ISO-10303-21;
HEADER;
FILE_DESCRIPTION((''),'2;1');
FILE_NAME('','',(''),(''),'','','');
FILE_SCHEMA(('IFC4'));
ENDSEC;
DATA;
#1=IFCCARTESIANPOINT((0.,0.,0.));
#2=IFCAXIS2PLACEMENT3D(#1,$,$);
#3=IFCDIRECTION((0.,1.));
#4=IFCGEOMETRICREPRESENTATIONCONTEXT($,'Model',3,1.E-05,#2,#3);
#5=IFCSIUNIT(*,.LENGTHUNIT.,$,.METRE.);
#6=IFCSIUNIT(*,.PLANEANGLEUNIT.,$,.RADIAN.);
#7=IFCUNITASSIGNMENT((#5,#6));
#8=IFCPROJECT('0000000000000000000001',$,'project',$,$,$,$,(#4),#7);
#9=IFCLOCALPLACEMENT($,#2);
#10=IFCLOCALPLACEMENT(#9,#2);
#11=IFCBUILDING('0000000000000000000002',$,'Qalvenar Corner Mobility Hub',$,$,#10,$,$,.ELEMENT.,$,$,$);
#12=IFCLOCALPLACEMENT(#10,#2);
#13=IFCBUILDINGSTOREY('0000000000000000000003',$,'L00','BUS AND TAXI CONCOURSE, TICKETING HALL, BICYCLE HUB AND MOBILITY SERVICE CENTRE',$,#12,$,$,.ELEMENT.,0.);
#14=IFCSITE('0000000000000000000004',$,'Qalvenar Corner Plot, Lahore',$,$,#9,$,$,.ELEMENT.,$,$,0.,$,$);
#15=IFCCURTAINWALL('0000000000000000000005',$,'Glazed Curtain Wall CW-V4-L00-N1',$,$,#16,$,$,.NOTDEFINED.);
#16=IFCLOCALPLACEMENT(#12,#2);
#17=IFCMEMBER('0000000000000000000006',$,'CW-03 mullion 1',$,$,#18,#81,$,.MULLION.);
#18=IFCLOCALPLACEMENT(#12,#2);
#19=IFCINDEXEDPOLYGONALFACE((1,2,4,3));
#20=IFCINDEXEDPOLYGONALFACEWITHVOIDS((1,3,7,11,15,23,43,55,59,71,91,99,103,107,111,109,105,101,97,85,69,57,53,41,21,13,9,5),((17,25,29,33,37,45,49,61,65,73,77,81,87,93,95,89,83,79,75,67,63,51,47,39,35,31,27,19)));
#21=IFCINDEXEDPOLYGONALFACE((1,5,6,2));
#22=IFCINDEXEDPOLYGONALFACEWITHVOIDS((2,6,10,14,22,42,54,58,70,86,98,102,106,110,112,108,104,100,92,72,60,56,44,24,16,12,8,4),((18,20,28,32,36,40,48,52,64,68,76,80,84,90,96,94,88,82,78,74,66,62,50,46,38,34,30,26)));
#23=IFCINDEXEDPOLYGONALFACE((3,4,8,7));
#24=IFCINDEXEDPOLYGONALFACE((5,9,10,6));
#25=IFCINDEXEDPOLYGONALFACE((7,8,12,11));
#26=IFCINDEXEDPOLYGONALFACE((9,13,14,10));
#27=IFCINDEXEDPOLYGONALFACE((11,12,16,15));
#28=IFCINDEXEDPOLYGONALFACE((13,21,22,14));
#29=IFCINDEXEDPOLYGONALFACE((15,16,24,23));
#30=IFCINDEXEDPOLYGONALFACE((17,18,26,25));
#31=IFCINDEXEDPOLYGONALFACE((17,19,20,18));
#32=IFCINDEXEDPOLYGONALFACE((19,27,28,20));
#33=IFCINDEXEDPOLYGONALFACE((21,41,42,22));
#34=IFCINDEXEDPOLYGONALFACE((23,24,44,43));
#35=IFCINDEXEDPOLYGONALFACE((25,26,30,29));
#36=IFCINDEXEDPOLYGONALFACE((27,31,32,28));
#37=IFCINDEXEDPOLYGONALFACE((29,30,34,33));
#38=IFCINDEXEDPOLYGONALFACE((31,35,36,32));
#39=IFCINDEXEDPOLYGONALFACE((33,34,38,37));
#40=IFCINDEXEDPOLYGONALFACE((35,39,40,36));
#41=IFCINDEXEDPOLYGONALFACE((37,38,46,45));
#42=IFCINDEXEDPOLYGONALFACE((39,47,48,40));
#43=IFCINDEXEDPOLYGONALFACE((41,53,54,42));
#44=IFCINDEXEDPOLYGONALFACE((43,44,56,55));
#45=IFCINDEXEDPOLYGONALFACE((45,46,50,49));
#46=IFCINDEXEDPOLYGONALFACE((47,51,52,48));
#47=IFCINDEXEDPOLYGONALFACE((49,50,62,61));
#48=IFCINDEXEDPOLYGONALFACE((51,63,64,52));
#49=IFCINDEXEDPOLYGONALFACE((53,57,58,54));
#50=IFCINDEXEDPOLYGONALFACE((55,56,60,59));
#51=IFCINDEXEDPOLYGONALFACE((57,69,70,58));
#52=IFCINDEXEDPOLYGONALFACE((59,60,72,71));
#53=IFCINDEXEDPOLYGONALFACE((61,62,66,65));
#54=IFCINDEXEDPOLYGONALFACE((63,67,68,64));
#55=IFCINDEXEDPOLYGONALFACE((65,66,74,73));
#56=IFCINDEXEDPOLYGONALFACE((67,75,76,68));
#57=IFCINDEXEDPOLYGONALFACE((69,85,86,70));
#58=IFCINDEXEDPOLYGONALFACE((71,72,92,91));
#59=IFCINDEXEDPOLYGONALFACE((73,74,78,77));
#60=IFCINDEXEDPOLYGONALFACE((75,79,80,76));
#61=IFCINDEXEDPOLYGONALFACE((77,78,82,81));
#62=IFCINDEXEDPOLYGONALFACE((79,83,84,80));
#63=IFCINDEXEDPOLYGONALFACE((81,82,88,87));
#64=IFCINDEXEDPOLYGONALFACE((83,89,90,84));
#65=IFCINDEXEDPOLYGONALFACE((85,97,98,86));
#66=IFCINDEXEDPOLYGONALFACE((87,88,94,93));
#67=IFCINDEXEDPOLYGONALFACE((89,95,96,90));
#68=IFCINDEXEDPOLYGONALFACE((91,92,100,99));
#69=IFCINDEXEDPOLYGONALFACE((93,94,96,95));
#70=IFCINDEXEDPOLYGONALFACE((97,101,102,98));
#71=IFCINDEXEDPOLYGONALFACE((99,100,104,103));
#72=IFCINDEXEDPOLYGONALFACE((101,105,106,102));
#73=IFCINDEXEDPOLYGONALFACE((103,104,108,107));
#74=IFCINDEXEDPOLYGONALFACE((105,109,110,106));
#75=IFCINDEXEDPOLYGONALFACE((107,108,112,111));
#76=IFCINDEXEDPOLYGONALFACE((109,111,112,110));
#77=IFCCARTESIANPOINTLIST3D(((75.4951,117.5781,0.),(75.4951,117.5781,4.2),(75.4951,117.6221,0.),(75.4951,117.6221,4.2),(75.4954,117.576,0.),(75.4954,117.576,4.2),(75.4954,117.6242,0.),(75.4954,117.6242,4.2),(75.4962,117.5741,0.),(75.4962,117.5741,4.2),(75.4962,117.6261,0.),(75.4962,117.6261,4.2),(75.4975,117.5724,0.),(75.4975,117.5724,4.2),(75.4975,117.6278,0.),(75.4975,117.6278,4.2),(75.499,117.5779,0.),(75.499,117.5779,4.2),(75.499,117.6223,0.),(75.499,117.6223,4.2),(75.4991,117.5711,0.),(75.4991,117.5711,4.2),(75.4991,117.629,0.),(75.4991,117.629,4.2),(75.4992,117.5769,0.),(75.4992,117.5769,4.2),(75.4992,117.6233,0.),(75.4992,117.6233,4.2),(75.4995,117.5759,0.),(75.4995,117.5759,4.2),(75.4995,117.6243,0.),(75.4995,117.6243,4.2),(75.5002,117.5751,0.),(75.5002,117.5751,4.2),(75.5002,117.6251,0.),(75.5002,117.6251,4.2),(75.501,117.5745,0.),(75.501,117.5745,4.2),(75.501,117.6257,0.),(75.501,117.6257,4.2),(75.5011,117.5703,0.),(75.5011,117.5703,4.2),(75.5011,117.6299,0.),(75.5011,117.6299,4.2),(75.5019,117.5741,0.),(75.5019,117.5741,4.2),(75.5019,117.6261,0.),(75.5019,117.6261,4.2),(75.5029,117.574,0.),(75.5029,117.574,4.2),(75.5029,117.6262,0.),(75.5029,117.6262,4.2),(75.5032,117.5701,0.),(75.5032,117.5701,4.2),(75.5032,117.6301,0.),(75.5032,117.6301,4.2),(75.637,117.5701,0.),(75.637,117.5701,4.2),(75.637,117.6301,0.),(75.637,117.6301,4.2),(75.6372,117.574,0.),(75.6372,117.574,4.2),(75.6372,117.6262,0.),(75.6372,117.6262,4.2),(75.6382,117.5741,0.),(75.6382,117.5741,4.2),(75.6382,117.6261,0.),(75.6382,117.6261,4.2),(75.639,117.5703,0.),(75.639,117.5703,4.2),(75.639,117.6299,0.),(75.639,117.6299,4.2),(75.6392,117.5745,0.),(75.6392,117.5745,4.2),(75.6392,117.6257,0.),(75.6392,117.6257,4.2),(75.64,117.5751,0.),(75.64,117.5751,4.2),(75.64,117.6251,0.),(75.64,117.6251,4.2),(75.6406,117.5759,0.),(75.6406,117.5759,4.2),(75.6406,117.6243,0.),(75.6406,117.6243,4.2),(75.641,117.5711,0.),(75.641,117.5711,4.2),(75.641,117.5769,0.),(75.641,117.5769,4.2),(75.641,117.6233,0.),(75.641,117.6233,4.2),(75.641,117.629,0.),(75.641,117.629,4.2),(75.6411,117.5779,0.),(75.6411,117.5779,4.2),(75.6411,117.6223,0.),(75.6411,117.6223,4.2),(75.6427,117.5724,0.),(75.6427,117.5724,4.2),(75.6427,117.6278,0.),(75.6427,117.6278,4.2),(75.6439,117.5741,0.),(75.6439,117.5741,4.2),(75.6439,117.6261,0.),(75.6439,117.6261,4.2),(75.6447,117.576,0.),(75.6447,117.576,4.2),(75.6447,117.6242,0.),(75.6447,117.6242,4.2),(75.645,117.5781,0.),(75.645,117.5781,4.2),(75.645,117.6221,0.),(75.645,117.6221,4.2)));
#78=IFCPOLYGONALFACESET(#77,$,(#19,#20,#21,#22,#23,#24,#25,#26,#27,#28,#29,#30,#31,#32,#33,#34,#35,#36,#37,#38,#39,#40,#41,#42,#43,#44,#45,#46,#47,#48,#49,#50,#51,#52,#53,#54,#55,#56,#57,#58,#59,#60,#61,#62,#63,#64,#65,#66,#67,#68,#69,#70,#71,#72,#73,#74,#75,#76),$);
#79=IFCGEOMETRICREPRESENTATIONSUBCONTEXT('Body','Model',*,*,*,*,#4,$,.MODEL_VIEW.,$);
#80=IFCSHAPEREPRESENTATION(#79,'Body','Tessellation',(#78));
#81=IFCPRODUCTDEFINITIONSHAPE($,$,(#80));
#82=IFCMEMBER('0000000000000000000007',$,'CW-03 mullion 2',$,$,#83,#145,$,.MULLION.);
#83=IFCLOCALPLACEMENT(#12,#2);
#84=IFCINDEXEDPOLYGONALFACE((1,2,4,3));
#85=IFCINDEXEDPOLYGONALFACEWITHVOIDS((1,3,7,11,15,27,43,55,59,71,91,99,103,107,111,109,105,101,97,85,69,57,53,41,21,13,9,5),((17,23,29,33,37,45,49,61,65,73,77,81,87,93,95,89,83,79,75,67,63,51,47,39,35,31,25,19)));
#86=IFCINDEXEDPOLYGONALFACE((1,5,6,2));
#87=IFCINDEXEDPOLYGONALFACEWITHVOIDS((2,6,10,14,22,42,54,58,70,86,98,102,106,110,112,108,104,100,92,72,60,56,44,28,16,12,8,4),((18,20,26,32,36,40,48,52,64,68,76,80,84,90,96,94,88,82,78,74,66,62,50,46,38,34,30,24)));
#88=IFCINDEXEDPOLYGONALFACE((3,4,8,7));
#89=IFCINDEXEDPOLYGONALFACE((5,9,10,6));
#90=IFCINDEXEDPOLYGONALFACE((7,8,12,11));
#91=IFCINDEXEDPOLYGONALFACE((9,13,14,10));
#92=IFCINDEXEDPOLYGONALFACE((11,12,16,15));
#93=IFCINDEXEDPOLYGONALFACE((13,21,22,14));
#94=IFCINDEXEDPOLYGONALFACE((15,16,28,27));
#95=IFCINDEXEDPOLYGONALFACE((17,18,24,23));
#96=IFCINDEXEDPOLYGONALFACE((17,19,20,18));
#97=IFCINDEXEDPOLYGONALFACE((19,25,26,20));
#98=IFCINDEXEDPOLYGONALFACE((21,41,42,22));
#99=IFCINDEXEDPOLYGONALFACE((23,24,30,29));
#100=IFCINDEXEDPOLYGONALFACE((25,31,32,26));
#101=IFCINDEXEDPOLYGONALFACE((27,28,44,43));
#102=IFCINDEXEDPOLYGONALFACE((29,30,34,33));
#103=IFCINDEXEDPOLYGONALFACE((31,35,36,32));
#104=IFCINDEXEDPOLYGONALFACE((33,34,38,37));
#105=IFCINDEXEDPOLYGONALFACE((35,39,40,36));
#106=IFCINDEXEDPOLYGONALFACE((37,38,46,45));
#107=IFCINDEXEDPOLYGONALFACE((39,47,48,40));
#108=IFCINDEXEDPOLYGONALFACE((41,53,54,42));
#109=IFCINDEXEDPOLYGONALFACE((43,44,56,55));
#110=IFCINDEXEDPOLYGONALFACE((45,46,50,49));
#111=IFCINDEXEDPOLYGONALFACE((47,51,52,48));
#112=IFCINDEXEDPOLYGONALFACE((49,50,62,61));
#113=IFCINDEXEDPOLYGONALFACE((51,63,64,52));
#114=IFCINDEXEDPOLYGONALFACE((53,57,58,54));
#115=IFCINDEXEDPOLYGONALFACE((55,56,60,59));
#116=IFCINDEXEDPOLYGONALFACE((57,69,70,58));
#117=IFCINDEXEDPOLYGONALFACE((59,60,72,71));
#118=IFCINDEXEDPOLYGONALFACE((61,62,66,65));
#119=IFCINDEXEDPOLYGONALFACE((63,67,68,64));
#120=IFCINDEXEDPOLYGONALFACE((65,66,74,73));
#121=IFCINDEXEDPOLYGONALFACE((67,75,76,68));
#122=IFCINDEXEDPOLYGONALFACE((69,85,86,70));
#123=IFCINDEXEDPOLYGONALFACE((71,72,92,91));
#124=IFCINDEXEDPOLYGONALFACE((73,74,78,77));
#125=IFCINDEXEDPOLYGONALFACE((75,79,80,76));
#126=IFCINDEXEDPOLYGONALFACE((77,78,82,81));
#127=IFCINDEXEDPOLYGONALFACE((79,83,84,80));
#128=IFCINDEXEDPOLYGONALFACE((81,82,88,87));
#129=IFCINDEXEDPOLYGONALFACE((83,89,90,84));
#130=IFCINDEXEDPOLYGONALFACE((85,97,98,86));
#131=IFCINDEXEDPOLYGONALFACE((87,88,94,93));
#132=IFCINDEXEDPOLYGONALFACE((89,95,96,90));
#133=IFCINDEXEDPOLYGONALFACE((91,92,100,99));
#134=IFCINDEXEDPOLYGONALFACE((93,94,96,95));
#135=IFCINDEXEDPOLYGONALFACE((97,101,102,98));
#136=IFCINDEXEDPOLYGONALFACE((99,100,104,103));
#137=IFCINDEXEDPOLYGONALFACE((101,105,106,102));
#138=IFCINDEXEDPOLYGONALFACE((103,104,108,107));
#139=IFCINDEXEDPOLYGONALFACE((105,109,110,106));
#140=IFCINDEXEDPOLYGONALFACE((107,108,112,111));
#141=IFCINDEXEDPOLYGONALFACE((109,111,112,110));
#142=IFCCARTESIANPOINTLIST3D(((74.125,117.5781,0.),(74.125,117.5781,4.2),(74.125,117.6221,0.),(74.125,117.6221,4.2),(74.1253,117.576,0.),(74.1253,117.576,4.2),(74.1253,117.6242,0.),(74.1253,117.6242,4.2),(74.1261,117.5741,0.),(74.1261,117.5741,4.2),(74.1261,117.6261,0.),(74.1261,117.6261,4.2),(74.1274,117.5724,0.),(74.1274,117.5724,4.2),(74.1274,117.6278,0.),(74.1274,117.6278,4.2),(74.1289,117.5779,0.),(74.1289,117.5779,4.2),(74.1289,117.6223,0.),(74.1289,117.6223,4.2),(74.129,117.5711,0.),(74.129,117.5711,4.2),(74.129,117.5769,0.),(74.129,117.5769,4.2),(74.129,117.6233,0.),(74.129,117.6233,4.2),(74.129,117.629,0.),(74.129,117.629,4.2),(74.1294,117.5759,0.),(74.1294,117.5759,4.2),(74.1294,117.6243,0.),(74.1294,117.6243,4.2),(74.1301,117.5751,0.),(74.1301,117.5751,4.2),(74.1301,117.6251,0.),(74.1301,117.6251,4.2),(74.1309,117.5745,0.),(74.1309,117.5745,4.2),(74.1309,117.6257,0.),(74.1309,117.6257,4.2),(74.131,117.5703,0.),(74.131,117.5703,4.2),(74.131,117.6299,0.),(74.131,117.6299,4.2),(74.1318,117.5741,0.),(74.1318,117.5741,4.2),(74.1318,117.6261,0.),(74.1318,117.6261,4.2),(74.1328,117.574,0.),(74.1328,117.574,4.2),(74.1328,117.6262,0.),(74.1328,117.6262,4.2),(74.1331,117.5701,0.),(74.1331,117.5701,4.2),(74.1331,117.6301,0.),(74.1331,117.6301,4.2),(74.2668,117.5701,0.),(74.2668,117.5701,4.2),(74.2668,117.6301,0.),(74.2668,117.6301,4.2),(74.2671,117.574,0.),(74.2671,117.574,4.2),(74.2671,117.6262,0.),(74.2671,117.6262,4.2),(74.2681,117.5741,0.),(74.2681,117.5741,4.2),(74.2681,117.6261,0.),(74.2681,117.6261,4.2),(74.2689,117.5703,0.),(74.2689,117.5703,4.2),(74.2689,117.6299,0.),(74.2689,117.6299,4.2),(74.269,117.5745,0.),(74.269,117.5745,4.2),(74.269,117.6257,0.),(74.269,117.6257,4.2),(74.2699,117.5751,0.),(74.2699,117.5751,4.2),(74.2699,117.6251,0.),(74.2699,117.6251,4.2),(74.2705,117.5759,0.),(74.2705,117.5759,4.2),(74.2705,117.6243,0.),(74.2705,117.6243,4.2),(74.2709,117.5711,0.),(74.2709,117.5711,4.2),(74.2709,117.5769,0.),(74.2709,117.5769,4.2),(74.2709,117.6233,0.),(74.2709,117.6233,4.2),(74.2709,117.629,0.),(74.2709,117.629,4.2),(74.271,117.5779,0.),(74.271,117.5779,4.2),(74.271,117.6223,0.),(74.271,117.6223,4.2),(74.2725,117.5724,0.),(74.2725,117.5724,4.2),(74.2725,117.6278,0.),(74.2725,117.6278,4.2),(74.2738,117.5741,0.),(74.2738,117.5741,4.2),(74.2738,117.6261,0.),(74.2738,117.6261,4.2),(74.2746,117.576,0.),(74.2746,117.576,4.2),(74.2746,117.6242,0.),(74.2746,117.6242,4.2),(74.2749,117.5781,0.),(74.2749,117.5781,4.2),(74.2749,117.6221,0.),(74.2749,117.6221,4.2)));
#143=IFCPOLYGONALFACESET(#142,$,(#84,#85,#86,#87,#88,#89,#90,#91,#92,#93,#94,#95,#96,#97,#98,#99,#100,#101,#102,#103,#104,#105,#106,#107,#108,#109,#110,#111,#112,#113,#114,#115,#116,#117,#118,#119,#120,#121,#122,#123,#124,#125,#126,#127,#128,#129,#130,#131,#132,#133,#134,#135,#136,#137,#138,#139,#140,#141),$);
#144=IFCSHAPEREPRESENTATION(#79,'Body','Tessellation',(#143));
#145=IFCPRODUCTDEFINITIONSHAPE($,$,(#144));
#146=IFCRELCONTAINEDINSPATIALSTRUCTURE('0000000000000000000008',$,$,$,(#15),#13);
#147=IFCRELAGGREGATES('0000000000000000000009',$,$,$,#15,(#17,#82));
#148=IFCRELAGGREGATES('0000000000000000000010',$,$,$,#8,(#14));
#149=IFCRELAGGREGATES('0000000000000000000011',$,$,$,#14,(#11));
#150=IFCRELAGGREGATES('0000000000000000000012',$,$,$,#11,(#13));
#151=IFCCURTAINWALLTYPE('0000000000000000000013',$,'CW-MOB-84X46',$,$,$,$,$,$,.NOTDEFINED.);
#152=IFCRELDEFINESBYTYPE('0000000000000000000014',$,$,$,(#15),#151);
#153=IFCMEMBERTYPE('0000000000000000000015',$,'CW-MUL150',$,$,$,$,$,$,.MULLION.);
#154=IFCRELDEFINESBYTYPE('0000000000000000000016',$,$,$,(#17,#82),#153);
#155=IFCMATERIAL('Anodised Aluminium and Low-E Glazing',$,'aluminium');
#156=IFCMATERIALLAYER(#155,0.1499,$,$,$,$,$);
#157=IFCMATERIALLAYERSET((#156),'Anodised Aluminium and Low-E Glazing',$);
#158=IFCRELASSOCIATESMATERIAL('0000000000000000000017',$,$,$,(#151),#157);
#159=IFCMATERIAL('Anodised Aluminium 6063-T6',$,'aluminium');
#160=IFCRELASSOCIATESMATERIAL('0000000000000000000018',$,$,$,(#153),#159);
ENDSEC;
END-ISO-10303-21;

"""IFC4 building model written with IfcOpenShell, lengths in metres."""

from ifc_helpers import new_model, si_unit, direction, frame, origin, origin_2d, place, context, subcontext, project, spatial, hollow_rectangle, extrude, material, layer, layer_set, material_profile, profile_set, type_object, element, aggregate, save


model = new_model("IFC4")

# Units and contexts
model_context = context("Model", 3, precision=1e-05, world=origin(), true_north=direction((0.0, 1.0)))
body_context = subcontext(model_context, "Body", "Model", "MODEL_VIEW")
ifc_project = project(units=[si_unit("LENGTHUNIT", "METRE"), si_unit("PLANEANGLEUNIT", "RADIAN")], contexts=[model_context])

# Site, building, storey
site_placement = place(None, origin())
site = spatial("IfcSite", under=ifc_project, at=site_placement, Name="Qalvenar Corner Plot, Lahore", CompositionType="ELEMENT", RefElevation=0.0)
building_placement = place(site_placement, origin())
building = spatial("IfcBuilding", under=site, at=building_placement, Name="Qalvenar Corner Mobility Hub", CompositionType="ELEMENT")
storey_placement = place(building_placement, origin())
storey = spatial("IfcBuildingStorey", under=building, at=storey_placement, Name="L00", Description="BUS AND TAXI CONCOURSE, TICKETING HALL, BICYCLE HUB AND MOBILITY SERVICE CENTRE", CompositionType="ELEMENT", Elevation=0.0)

# Curtain wall, members
ifc_material_1 = material(Name="Anodised Aluminium and Low-E Glazing", Category="aluminium")
ifc_layer_1 = layer(ifc_material_1, 0.1499)
ifc_layer_set_1 = layer_set([ifc_layer_1], Name="Anodised Aluminium and Low-E Glazing")
curtain_wall_type = type_object("IfcCurtainWallType", Name="CW-MOB-84X46", PredefinedType="NOTDEFINED", material=ifc_layer_set_1)
curtain_wall_placement = place(storey_placement, origin())
curtain_wall = element("IfcCurtainWall", 1, at=curtain_wall_placement, inside=storey, type_object=curtain_wall_type, Name="Glazed Curtain Wall CW-V4-L00-N1", PredefinedType="NOTDEFINED")
ifc_material_2 = material(Name="Anodised Aluminium 6063-T6", Category="aluminium")
ifc_material_profile_1 = material_profile(ifc_material_2, hollow_rectangle(XDim=0.0601, YDim=0.1499, WallThickness=0.0039, InnerFilletRadius=0.0039, OuterFilletRadius=0.0081, at=origin_2d()), Name="RHS150x60x4")
ifc_profile_set_1 = profile_set([ifc_material_profile_1], Name="Anodised Aluminium 6063-T6")
member_type_1 = type_object("IfcMemberType", Name="CW-MUL150", PredefinedType="MULLION", material=ifc_profile_set_1)
member_1_placement = place(storey_placement, frame((75.5701, 117.6001, 0.0), z_axis=(0.0, 0.0, 1.0), x_axis=(0.0, -1.0, 0.0)))
member_1 = element("IfcMember", 2, at=member_1_placement, type_object=member_type_1, Name="CW-03 mullion 1", PredefinedType="MULLION", context=body_context, shape_type="SweptSolid", body=[
    extrude(hollow_rectangle(XDim=0.0601, YDim=0.1499, WallThickness=0.0039, InnerFilletRadius=0.0039, OuterFilletRadius=0.0081, at=origin_2d()), origin(), (0.0, 0.0, 1.0), 4.2),
])
member_2_placement = place(storey_placement, frame((74.2, 117.6001, 0.0), z_axis=(0.0, 0.0, 1.0), x_axis=(0.0, -1.0, 0.0)))
member_2 = element("IfcMember", 3, at=member_2_placement, type_object=member_type_1, Name="CW-03 mullion 2", PredefinedType="MULLION", context=body_context, shape_type="SweptSolid", body=[
    extrude(hollow_rectangle(XDim=0.0601, YDim=0.1499, WallThickness=0.0039, InnerFilletRadius=0.0039, OuterFilletRadius=0.0081, at=origin_2d()), origin(), (0.0, 0.0, 1.0), 4.2),
])
aggregate(curtain_wall, [member_1, member_2])

save(model, "model.ifc")
